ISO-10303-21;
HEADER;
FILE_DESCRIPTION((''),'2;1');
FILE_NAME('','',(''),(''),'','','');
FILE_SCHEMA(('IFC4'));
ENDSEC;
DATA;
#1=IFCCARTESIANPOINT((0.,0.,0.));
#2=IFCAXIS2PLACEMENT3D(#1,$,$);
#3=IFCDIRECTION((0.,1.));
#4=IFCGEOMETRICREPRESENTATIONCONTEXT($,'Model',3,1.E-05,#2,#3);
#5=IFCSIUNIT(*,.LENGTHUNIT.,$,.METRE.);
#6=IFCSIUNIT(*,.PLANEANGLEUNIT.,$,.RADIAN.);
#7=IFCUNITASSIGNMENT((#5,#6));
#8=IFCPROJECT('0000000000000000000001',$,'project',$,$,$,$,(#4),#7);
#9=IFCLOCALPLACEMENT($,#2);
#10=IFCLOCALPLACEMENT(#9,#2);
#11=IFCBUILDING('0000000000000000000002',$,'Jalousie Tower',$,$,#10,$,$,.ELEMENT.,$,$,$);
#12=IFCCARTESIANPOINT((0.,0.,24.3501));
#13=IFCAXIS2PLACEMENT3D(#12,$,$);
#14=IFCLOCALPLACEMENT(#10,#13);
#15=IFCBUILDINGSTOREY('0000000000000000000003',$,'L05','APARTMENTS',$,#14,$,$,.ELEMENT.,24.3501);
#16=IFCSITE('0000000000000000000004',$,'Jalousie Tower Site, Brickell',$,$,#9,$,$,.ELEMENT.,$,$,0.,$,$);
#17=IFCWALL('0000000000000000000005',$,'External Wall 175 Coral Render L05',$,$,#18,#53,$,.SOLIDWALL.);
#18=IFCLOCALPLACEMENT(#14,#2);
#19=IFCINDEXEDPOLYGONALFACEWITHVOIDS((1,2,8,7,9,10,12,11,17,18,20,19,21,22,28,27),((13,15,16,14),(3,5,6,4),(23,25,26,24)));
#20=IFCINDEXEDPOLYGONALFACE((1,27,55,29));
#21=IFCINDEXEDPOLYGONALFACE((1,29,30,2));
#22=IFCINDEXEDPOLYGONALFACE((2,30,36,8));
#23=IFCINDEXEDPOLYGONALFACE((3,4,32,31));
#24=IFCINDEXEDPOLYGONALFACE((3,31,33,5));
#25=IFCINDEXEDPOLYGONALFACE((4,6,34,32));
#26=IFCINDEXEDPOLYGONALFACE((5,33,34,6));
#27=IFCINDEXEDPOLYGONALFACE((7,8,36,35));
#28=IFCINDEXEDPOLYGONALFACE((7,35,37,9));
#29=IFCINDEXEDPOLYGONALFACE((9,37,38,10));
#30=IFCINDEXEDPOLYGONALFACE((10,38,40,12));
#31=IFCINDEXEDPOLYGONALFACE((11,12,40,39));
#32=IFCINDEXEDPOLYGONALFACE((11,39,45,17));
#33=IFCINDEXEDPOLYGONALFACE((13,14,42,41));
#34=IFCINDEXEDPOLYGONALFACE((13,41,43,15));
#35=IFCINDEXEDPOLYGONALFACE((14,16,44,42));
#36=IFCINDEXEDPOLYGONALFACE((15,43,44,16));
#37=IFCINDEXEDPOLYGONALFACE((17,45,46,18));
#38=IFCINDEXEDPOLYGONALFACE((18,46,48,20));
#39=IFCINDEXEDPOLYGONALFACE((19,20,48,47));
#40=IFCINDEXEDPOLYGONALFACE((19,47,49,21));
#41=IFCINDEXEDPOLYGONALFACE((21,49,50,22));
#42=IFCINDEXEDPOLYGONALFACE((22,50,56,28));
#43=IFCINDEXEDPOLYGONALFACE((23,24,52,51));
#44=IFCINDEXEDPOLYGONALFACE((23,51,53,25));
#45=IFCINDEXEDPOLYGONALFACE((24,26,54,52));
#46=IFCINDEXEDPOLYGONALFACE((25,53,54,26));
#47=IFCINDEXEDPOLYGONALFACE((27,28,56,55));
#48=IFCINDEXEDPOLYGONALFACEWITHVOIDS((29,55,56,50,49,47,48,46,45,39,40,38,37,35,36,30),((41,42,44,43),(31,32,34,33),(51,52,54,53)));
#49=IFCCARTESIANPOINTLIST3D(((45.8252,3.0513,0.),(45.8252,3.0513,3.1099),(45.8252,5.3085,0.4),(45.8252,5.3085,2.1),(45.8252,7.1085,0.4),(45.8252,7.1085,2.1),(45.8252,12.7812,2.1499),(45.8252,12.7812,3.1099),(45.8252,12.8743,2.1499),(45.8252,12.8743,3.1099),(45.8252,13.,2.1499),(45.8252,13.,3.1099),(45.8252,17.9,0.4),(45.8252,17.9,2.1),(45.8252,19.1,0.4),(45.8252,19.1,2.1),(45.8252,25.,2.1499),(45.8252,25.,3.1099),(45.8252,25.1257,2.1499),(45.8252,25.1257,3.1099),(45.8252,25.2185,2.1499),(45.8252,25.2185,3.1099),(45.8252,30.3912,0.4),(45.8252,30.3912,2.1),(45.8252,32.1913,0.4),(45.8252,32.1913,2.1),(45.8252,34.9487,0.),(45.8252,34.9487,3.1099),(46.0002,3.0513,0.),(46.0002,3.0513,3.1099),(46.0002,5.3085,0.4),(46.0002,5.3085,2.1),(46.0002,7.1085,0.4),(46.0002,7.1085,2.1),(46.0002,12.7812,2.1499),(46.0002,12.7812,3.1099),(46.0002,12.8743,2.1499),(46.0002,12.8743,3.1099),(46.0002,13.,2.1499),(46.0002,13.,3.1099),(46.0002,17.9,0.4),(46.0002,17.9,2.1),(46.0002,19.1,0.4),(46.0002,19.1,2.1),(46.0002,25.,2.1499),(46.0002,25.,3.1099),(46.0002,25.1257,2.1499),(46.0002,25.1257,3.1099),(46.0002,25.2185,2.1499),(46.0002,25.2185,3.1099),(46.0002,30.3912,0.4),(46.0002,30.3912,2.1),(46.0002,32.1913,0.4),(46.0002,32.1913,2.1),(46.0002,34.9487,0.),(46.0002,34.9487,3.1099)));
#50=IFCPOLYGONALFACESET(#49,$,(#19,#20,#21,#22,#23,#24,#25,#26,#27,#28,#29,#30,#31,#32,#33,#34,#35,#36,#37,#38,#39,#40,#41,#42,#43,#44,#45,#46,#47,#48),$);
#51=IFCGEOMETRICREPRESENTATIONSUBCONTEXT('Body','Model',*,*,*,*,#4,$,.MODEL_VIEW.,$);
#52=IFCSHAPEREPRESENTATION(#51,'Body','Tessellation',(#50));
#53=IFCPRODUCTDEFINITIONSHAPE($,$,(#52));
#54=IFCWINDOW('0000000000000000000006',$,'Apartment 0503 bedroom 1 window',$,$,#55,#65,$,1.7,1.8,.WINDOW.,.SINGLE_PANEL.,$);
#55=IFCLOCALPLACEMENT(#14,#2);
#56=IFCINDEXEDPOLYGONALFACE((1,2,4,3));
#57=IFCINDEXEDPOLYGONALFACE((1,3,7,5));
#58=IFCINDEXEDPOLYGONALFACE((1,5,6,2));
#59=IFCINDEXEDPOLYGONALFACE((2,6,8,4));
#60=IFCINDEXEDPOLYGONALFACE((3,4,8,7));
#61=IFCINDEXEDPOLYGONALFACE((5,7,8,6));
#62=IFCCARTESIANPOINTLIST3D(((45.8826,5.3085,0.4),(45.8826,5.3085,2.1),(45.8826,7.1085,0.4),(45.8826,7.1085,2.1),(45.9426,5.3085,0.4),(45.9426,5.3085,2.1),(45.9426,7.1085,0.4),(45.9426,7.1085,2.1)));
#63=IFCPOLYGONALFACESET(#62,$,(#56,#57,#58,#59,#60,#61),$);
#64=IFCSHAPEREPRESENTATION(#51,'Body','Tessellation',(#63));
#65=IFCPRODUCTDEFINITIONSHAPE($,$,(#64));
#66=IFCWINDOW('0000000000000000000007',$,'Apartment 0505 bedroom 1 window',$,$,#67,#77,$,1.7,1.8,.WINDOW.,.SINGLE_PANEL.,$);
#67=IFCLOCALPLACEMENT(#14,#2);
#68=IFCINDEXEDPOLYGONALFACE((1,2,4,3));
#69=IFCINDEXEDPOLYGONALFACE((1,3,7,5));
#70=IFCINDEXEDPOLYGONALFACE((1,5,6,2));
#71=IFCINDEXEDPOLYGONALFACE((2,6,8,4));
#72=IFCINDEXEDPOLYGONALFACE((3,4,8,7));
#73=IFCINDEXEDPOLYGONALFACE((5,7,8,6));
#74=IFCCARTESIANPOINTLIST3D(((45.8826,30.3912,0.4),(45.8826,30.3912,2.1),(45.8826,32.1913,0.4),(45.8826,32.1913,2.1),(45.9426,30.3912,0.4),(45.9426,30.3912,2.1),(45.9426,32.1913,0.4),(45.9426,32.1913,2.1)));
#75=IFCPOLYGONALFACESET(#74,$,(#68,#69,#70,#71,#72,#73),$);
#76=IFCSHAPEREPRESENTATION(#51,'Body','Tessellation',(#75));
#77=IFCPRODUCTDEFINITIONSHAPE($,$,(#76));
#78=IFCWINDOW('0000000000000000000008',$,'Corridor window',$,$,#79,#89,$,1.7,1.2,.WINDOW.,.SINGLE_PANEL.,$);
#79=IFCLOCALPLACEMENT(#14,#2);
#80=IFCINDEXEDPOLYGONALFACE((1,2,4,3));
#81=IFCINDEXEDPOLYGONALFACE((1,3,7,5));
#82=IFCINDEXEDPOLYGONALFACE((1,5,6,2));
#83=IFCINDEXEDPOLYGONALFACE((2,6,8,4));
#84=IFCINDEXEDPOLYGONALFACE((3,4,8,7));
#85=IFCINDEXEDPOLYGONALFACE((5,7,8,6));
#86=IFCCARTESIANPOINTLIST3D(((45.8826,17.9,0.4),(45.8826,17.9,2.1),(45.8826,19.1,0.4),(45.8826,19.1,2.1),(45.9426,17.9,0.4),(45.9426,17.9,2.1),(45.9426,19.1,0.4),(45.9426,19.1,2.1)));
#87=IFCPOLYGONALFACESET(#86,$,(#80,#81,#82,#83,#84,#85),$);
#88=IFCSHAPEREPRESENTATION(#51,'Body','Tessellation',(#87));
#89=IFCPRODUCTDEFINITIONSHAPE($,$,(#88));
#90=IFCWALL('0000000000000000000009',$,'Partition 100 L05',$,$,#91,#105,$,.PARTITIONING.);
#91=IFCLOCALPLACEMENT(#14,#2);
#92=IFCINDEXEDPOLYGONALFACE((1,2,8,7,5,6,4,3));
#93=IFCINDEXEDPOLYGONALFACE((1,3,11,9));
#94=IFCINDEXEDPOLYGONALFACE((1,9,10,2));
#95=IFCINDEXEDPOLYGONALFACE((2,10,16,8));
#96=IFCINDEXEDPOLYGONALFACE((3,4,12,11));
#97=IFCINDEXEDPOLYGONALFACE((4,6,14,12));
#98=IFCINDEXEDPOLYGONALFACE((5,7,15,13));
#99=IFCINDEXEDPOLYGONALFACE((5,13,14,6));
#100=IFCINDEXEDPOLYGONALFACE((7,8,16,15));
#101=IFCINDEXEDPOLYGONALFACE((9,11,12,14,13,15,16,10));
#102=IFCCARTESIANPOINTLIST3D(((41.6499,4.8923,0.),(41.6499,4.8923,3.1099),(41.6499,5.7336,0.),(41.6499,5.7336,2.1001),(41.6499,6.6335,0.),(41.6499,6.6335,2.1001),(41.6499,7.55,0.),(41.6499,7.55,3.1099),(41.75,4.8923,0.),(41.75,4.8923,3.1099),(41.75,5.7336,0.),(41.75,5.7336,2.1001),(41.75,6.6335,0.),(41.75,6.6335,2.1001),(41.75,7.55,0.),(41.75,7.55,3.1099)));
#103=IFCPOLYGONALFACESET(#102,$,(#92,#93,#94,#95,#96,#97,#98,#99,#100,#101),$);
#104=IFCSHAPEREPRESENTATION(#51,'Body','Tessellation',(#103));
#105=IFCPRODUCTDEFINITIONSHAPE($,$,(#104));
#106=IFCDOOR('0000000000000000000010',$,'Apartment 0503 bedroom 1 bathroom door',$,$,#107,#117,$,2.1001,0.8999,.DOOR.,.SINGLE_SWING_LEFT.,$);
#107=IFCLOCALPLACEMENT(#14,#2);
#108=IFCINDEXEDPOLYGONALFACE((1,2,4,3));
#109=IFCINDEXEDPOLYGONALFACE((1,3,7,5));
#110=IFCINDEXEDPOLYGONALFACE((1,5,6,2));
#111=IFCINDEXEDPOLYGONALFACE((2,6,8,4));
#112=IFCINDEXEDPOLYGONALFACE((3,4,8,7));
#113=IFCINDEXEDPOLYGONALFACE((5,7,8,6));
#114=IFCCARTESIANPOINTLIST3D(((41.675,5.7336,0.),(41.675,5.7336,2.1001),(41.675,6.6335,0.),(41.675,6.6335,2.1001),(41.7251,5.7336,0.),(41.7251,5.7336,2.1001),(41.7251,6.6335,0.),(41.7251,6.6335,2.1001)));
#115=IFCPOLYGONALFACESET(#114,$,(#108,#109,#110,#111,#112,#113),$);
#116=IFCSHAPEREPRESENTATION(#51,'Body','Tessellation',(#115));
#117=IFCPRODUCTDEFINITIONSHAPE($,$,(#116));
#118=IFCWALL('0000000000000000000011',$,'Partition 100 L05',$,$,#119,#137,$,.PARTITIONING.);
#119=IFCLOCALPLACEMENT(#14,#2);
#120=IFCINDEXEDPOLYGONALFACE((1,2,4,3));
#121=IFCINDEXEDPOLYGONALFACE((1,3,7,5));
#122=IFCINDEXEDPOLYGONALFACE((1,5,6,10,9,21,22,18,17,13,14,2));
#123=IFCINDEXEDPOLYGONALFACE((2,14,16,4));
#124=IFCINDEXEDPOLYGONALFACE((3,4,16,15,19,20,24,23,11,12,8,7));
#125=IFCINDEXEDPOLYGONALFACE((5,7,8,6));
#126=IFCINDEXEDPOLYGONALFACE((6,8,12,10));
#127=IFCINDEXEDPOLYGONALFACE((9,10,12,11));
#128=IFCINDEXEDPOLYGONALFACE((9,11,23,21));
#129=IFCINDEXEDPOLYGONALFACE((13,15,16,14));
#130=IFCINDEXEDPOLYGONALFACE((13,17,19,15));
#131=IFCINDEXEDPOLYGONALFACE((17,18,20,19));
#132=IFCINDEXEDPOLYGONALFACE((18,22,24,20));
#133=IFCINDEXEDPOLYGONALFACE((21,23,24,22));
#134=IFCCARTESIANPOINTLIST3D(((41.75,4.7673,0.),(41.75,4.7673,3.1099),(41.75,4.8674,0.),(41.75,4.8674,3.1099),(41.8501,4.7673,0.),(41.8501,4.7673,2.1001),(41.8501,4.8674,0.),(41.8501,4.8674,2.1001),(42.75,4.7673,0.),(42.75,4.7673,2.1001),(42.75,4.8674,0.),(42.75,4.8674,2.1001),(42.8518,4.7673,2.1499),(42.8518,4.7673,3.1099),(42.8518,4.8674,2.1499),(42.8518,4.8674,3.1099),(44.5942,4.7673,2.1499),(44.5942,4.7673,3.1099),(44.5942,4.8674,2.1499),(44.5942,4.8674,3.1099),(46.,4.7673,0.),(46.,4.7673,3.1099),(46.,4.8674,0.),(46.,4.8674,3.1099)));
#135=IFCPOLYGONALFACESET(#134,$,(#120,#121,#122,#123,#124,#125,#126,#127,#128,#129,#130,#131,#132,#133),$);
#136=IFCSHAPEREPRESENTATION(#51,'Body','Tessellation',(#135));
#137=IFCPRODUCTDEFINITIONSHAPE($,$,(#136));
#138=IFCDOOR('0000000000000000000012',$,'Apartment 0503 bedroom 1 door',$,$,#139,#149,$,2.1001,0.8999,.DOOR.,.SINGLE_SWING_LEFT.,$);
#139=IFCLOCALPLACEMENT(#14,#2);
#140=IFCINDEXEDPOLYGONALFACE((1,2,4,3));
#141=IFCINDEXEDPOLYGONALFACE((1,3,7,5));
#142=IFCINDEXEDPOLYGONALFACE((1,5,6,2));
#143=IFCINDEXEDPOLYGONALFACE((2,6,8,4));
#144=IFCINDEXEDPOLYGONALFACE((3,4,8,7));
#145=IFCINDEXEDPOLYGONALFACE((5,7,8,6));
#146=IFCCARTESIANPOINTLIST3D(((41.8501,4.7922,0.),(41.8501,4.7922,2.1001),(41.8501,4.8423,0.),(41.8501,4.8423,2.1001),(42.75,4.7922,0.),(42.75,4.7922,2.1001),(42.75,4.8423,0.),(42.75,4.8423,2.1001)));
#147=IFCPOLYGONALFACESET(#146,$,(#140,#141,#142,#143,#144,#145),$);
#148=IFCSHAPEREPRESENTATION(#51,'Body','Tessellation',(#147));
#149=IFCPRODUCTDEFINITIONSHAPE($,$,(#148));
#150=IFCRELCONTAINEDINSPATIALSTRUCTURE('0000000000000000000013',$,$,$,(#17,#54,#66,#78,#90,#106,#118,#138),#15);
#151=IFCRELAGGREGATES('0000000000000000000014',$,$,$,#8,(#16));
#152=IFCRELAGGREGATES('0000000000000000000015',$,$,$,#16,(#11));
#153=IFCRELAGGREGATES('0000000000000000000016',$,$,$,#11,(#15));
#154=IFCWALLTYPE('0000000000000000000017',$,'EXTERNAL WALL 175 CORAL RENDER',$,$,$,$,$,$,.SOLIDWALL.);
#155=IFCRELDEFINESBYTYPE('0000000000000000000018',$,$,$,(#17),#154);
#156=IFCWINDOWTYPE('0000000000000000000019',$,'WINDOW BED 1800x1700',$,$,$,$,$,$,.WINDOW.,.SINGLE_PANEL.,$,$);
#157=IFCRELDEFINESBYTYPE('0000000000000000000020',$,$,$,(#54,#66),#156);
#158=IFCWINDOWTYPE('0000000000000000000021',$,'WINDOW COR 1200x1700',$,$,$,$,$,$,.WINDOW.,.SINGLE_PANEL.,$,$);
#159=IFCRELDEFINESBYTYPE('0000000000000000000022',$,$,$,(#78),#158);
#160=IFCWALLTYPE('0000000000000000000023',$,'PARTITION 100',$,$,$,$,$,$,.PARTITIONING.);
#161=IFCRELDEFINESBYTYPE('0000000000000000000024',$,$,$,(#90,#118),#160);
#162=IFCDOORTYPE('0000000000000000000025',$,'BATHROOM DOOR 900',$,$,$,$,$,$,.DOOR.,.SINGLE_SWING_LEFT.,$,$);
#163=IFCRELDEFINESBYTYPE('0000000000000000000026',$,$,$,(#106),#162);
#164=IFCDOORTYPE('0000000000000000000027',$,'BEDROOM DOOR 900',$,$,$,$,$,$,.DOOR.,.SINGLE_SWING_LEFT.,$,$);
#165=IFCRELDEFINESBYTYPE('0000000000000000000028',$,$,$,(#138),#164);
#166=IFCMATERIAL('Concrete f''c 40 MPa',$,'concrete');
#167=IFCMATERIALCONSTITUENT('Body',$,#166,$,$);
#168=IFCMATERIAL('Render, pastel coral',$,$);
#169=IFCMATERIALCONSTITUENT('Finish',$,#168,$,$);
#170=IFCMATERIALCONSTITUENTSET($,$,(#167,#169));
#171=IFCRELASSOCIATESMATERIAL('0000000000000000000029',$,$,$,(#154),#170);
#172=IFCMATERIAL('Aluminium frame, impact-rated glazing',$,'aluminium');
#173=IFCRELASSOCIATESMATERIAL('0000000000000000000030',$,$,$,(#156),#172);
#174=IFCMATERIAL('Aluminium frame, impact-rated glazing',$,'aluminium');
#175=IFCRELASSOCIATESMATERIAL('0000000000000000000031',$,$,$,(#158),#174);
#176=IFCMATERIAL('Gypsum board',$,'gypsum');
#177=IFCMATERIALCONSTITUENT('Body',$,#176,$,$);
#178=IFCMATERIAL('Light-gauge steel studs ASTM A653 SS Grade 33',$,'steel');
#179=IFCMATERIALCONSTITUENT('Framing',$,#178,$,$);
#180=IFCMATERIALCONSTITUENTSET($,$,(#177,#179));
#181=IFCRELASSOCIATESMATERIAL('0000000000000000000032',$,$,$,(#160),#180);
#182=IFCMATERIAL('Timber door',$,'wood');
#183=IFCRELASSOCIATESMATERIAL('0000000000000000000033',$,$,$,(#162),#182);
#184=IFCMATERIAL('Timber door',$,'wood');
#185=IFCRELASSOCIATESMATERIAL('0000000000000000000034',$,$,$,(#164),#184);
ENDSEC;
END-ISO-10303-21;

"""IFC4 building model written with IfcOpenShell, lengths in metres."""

from ifc_helpers import new_model, si_unit, direction, frame, frame_2d, origin, place, context, subcontext, project, spatial, polyline, rectangle, outline, extrude, material, constituent, constituent_set, type_object, element, fill, save


model = new_model("IFC4")

# Units and contexts
model_context = context("Model", 3, precision=1e-05, world=origin(), true_north=direction((0.0, 1.0)))
body_context = subcontext(model_context, "Body", "Model", "MODEL_VIEW")
ifc_project = project(units=[si_unit("LENGTHUNIT", "METRE"), si_unit("PLANEANGLEUNIT", "RADIAN")], contexts=[model_context])

# Site, building, storey
site_placement = place(None, origin())
site = spatial("IfcSite", under=ifc_project, at=site_placement, Name="Jalousie Tower Site, Brickell", CompositionType="ELEMENT", RefElevation=0.0)
building_placement = place(site_placement, origin())
building = spatial("IfcBuilding", under=site, at=building_placement, Name="Jalousie Tower", CompositionType="ELEMENT")
storey_placement = place(building_placement, frame((0.0, 0.0, 24.3501)))
storey = spatial("IfcBuildingStorey", under=building, at=storey_placement, Name="L05", Description="APARTMENTS", CompositionType="ELEMENT", Elevation=24.3501)

# Wall, openings, windows
ifc_material_1 = material(Name="Concrete f'c 40 MPa", Category="concrete")
ifc_constituent_1 = constituent(ifc_material_1, Name="Body")
ifc_material_2 = material(Name="Render, pastel coral")
ifc_constituent_2 = constituent(ifc_material_2, Name="Finish")
ifc_constituent_set_1 = constituent_set(constituents=[ifc_constituent_1, ifc_constituent_2])
wall_type_1 = type_object("IfcWallType", Name="EXTERNAL WALL 175 CORAL RENDER", PredefinedType="SOLIDWALL", material=ifc_constituent_set_1)
wall_1_placement = place(storey_placement, frame((45.9126, 3.0513, 0.0), z_axis=(0.0, 0.0, 1.0), x_axis=(0.0, 1.0, 0.0)))
wall_1 = element("IfcWall", 1, at=wall_1_placement, inside=storey, type_object=wall_type_1, Name="External Wall 175 Coral Render L05", PredefinedType="SOLIDWALL", context=body_context, shape_type="SweptSolid", body=[
    extrude(outline(polyline([(0.0, 0.0), (31.8975, 0.0), (31.8975, 3.1099), (22.1672, 3.1099), (22.1672, 2.1499), (22.0745, 2.1499), (22.0745, 3.1099), (21.9487, 3.1099), (21.9487, 2.1499), (9.9487, 2.1499), (9.9487, 3.1099), (9.823, 3.1099), (9.823, 2.1499), (9.73, 2.1499), (9.73, 3.1099), (0.0, 3.1099), (0.0, 0.0)])), frame((0.0, 0.0874, 0.0), z_axis=(0.0, -1.0, 0.0), x_axis=(1.0, 0.0, 0.0)), (0.0, 0.0, 1.0), 0.175),
])
opening_1_placement = place(wall_1_placement, frame((2.2573, 0.0, 0.3999)))
opening_1 = element("IfcOpeningElement", 2, at=opening_1_placement, cuts=wall_1, PredefinedType="OPENING", context=body_context, shape_type="SweptSolid", body=[
    extrude(rectangle(XDim=1.8, YDim=1.7, at=frame_2d((0.8999, 0.8501))), frame((0.0, 0.0974, 0.0), z_axis=(0.0, -1.0, 0.0), x_axis=(1.0, 0.0, 0.0)), (0.0, 0.0, 1.0), 0.1951),
])
opening_2_placement = place(wall_1_placement, frame((14.8486, 0.0, 0.3999)))
opening_2 = element("IfcOpeningElement", 3, at=opening_2_placement, cuts=wall_1, PredefinedType="OPENING", context=body_context, shape_type="SweptSolid", body=[
    extrude(rectangle(XDim=1.2, YDim=1.7, at=frame_2d((0.6001, 0.8501))), frame((0.0, 0.0974, 0.0), z_axis=(0.0, -1.0, 0.0), x_axis=(1.0, 0.0, 0.0)), (0.0, 0.0, 1.0), 0.1951),
])
opening_3_placement = place(wall_1_placement, frame((27.3401, 0.0, 0.3999)))
opening_3 = element("IfcOpeningElement", 4, at=opening_3_placement, cuts=wall_1, PredefinedType="OPENING", context=body_context, shape_type="SweptSolid", body=[
    extrude(rectangle(XDim=1.8, YDim=1.7, at=frame_2d((0.8999, 0.8501))), frame((0.0, 0.0974, 0.0), z_axis=(0.0, -1.0, 0.0), x_axis=(1.0, 0.0, 0.0)), (0.0, 0.0, 1.0), 0.1951),
])
ifc_material_3 = material(Name="Aluminium frame, impact-rated glazing", Category="aluminium")
window_type_1 = type_object("IfcWindowType", Name="WINDOW BED 1800x1700", PartitioningType="SINGLE_PANEL", PredefinedType="WINDOW", material=ifc_material_3)
window_1_placement = place(opening_1_placement, origin())
window_1 = element("IfcWindow", 5, at=window_1_placement, inside=storey, type_object=window_type_1, Name="Apartment 0503 bedroom 1 window", OverallHeight=1.7, OverallWidth=1.8, PartitioningType="SINGLE_PANEL", PredefinedType="WINDOW", context=body_context, shape_type="SweptSolid", body=[
    extrude(rectangle(XDim=1.8, YDim=1.7, at=frame_2d((0.8999, 0.8501))), frame((0.0, 0.03, 0.0), z_axis=(0.0, -1.0, 0.0), x_axis=(1.0, 0.0, 0.0)), (0.0, 0.0, 1.0), 0.0601),
])
fill(opening_1, window_1)
window_2_placement = place(opening_3_placement, origin())
window_2 = element("IfcWindow", 6, at=window_2_placement, inside=storey, type_object=window_type_1, Name="Apartment 0505 bedroom 1 window", OverallHeight=1.7, OverallWidth=1.8, PartitioningType="SINGLE_PANEL", PredefinedType="WINDOW", context=body_context, shape_type="SweptSolid", body=[
    extrude(rectangle(XDim=1.8, YDim=1.7, at=frame_2d((0.8999, 0.8501))), frame((0.0, 0.03, 0.0), z_axis=(0.0, -1.0, 0.0), x_axis=(1.0, 0.0, 0.0)), (0.0, 0.0, 1.0), 0.0601),
])
fill(opening_3, window_2)
ifc_material_4 = material(Name="Aluminium frame, impact-rated glazing", Category="aluminium")
window_type_2 = type_object("IfcWindowType", Name="WINDOW COR 1200x1700", PartitioningType="SINGLE_PANEL", PredefinedType="WINDOW", material=ifc_material_4)
window_3_placement = place(opening_2_placement, origin())
window_3 = element("IfcWindow", 7, at=window_3_placement, inside=storey, type_object=window_type_2, Name="Corridor window", OverallHeight=1.7, OverallWidth=1.2, PartitioningType="SINGLE_PANEL", PredefinedType="WINDOW", context=body_context, shape_type="SweptSolid", body=[
    extrude(rectangle(XDim=1.2, YDim=1.7, at=frame_2d((0.6001, 0.8501))), frame((0.0, 0.03, 0.0), z_axis=(0.0, -1.0, 0.0), x_axis=(1.0, 0.0, 0.0)), (0.0, 0.0, 1.0), 0.0601),
])
fill(opening_2, window_3)

# Walls, openings, doors
ifc_material_5 = material(Name="Gypsum board", Category="gypsum")
ifc_constituent_3 = constituent(ifc_material_5, Name="Body")
ifc_material_6 = material(Name="Light-gauge steel studs ASTM A653 SS Grade 33", Category="steel")
ifc_constituent_4 = constituent(ifc_material_6, Name="Framing")
ifc_constituent_set_2 = constituent_set(constituents=[ifc_constituent_3, ifc_constituent_4])
wall_type_2 = type_object("IfcWallType", Name="PARTITION 100", PredefinedType="PARTITIONING", material=ifc_constituent_set_2)
wall_2_placement = place(storey_placement, frame((41.7, 4.8923, 0.0), z_axis=(0.0, 0.0, 1.0), x_axis=(0.0, 1.0, 0.0)))
wall_2 = element("IfcWall", 8, at=wall_2_placement, inside=storey, type_object=wall_type_2, Name="Partition 100 L05", PredefinedType="PARTITIONING", context=body_context, shape_type="SweptSolid", body=[
    extrude(rectangle(XDim=2.6577, YDim=0.1001, at=frame_2d((1.3289, 0.0))), origin(), (0.0, 0.0, 1.0), 3.1099),
])
opening_4_placement = place(wall_2_placement, frame((0.8413, 0.0, 0.0)))
opening_4 = element("IfcOpeningElement", 9, at=opening_4_placement, cuts=wall_2, PredefinedType="OPENING", context=body_context, shape_type="SweptSolid", body=[
    extrude(rectangle(XDim=0.8999, YDim=2.1001, at=frame_2d((0.45, 1.05))), frame((0.0, 0.0601, 0.0), z_axis=(0.0, -1.0, 0.0), x_axis=(1.0, 0.0, 0.0)), (0.0, 0.0, 1.0), 0.1201),
])
ifc_material_7 = material(Name="Timber door", Category="wood")
door_type_1 = type_object("IfcDoorType", Name="BATHROOM DOOR 900", OperationType="SINGLE_SWING_LEFT", PredefinedType="DOOR", material=ifc_material_7)
door_1_placement = place(opening_4_placement, origin())
door_1 = element("IfcDoor", 10, at=door_1_placement, inside=storey, type_object=door_type_1, Name="Apartment 0503 bedroom 1 bathroom door", OperationType="SINGLE_SWING_LEFT", OverallHeight=2.1001, OverallWidth=0.8999, PredefinedType="DOOR", context=body_context, shape_type="SweptSolid", body=[
    extrude(rectangle(XDim=0.8999, YDim=2.1001, at=frame_2d((0.45, 1.05))), frame((0.0, 0.0249, 0.0), z_axis=(0.0, -1.0, 0.0), x_axis=(1.0, 0.0, 0.0)), (0.0, 0.0, 1.0), 0.05),
])
fill(opening_4, door_1)
wall_3_placement = place(storey_placement, frame((41.75, 4.8174, 0.0), z_axis=(0.0, 0.0, 1.0), x_axis=(1.0, 0.0, 0.0)))
wall_3 = element("IfcWall", 11, at=wall_3_placement, inside=storey, type_object=wall_type_2, Name="Partition 100 L05", PredefinedType="PARTITIONING", context=body_context, shape_type="SweptSolid", body=[
    extrude(outline(polyline([(0.0, 0.0), (4.25, 0.0), (4.25, 3.1099), (2.8442, 3.1099), (2.8442, 2.1499), (1.1018, 2.1499), (1.1018, 3.1099), (0.0, 3.1099), (0.0, 0.0)])), frame((0.0, 0.05, 0.0), z_axis=(0.0, -1.0, 0.0), x_axis=(1.0, 0.0, 0.0)), (0.0, 0.0, 1.0), 0.1001),
])
opening_5_placement = place(wall_3_placement, frame((0.1001, 0.0, 0.0)))
opening_5 = element("IfcOpeningElement", 12, at=opening_5_placement, cuts=wall_3, PredefinedType="OPENING", context=body_context, shape_type="SweptSolid", body=[
    extrude(rectangle(XDim=0.8999, YDim=2.1001, at=frame_2d((0.45, 1.05))), frame((0.0, 0.0601, 0.0), z_axis=(0.0, -1.0, 0.0), x_axis=(1.0, 0.0, 0.0)), (0.0, 0.0, 1.0), 0.1201),
])
ifc_material_8 = material(Name="Timber door", Category="wood")
door_type_2 = type_object("IfcDoorType", Name="BEDROOM DOOR 900", OperationType="SINGLE_SWING_LEFT", PredefinedType="DOOR", material=ifc_material_8)
door_2_placement = place(opening_5_placement, origin())
door_2 = element("IfcDoor", 13, at=door_2_placement, inside=storey, type_object=door_type_2, Name="Apartment 0503 bedroom 1 door", OperationType="SINGLE_SWING_LEFT", OverallHeight=2.1001, OverallWidth=0.8999, PredefinedType="DOOR", context=body_context, shape_type="SweptSolid", body=[
    extrude(rectangle(XDim=0.8999, YDim=2.1001, at=frame_2d((0.45, 1.05))), frame((0.0, 0.0249, 0.0), z_axis=(0.0, -1.0, 0.0), x_axis=(1.0, 0.0, 0.0)), (0.0, 0.0, 1.0), 0.05),
])
fill(opening_5, door_2)

save(model, "model.ifc")
